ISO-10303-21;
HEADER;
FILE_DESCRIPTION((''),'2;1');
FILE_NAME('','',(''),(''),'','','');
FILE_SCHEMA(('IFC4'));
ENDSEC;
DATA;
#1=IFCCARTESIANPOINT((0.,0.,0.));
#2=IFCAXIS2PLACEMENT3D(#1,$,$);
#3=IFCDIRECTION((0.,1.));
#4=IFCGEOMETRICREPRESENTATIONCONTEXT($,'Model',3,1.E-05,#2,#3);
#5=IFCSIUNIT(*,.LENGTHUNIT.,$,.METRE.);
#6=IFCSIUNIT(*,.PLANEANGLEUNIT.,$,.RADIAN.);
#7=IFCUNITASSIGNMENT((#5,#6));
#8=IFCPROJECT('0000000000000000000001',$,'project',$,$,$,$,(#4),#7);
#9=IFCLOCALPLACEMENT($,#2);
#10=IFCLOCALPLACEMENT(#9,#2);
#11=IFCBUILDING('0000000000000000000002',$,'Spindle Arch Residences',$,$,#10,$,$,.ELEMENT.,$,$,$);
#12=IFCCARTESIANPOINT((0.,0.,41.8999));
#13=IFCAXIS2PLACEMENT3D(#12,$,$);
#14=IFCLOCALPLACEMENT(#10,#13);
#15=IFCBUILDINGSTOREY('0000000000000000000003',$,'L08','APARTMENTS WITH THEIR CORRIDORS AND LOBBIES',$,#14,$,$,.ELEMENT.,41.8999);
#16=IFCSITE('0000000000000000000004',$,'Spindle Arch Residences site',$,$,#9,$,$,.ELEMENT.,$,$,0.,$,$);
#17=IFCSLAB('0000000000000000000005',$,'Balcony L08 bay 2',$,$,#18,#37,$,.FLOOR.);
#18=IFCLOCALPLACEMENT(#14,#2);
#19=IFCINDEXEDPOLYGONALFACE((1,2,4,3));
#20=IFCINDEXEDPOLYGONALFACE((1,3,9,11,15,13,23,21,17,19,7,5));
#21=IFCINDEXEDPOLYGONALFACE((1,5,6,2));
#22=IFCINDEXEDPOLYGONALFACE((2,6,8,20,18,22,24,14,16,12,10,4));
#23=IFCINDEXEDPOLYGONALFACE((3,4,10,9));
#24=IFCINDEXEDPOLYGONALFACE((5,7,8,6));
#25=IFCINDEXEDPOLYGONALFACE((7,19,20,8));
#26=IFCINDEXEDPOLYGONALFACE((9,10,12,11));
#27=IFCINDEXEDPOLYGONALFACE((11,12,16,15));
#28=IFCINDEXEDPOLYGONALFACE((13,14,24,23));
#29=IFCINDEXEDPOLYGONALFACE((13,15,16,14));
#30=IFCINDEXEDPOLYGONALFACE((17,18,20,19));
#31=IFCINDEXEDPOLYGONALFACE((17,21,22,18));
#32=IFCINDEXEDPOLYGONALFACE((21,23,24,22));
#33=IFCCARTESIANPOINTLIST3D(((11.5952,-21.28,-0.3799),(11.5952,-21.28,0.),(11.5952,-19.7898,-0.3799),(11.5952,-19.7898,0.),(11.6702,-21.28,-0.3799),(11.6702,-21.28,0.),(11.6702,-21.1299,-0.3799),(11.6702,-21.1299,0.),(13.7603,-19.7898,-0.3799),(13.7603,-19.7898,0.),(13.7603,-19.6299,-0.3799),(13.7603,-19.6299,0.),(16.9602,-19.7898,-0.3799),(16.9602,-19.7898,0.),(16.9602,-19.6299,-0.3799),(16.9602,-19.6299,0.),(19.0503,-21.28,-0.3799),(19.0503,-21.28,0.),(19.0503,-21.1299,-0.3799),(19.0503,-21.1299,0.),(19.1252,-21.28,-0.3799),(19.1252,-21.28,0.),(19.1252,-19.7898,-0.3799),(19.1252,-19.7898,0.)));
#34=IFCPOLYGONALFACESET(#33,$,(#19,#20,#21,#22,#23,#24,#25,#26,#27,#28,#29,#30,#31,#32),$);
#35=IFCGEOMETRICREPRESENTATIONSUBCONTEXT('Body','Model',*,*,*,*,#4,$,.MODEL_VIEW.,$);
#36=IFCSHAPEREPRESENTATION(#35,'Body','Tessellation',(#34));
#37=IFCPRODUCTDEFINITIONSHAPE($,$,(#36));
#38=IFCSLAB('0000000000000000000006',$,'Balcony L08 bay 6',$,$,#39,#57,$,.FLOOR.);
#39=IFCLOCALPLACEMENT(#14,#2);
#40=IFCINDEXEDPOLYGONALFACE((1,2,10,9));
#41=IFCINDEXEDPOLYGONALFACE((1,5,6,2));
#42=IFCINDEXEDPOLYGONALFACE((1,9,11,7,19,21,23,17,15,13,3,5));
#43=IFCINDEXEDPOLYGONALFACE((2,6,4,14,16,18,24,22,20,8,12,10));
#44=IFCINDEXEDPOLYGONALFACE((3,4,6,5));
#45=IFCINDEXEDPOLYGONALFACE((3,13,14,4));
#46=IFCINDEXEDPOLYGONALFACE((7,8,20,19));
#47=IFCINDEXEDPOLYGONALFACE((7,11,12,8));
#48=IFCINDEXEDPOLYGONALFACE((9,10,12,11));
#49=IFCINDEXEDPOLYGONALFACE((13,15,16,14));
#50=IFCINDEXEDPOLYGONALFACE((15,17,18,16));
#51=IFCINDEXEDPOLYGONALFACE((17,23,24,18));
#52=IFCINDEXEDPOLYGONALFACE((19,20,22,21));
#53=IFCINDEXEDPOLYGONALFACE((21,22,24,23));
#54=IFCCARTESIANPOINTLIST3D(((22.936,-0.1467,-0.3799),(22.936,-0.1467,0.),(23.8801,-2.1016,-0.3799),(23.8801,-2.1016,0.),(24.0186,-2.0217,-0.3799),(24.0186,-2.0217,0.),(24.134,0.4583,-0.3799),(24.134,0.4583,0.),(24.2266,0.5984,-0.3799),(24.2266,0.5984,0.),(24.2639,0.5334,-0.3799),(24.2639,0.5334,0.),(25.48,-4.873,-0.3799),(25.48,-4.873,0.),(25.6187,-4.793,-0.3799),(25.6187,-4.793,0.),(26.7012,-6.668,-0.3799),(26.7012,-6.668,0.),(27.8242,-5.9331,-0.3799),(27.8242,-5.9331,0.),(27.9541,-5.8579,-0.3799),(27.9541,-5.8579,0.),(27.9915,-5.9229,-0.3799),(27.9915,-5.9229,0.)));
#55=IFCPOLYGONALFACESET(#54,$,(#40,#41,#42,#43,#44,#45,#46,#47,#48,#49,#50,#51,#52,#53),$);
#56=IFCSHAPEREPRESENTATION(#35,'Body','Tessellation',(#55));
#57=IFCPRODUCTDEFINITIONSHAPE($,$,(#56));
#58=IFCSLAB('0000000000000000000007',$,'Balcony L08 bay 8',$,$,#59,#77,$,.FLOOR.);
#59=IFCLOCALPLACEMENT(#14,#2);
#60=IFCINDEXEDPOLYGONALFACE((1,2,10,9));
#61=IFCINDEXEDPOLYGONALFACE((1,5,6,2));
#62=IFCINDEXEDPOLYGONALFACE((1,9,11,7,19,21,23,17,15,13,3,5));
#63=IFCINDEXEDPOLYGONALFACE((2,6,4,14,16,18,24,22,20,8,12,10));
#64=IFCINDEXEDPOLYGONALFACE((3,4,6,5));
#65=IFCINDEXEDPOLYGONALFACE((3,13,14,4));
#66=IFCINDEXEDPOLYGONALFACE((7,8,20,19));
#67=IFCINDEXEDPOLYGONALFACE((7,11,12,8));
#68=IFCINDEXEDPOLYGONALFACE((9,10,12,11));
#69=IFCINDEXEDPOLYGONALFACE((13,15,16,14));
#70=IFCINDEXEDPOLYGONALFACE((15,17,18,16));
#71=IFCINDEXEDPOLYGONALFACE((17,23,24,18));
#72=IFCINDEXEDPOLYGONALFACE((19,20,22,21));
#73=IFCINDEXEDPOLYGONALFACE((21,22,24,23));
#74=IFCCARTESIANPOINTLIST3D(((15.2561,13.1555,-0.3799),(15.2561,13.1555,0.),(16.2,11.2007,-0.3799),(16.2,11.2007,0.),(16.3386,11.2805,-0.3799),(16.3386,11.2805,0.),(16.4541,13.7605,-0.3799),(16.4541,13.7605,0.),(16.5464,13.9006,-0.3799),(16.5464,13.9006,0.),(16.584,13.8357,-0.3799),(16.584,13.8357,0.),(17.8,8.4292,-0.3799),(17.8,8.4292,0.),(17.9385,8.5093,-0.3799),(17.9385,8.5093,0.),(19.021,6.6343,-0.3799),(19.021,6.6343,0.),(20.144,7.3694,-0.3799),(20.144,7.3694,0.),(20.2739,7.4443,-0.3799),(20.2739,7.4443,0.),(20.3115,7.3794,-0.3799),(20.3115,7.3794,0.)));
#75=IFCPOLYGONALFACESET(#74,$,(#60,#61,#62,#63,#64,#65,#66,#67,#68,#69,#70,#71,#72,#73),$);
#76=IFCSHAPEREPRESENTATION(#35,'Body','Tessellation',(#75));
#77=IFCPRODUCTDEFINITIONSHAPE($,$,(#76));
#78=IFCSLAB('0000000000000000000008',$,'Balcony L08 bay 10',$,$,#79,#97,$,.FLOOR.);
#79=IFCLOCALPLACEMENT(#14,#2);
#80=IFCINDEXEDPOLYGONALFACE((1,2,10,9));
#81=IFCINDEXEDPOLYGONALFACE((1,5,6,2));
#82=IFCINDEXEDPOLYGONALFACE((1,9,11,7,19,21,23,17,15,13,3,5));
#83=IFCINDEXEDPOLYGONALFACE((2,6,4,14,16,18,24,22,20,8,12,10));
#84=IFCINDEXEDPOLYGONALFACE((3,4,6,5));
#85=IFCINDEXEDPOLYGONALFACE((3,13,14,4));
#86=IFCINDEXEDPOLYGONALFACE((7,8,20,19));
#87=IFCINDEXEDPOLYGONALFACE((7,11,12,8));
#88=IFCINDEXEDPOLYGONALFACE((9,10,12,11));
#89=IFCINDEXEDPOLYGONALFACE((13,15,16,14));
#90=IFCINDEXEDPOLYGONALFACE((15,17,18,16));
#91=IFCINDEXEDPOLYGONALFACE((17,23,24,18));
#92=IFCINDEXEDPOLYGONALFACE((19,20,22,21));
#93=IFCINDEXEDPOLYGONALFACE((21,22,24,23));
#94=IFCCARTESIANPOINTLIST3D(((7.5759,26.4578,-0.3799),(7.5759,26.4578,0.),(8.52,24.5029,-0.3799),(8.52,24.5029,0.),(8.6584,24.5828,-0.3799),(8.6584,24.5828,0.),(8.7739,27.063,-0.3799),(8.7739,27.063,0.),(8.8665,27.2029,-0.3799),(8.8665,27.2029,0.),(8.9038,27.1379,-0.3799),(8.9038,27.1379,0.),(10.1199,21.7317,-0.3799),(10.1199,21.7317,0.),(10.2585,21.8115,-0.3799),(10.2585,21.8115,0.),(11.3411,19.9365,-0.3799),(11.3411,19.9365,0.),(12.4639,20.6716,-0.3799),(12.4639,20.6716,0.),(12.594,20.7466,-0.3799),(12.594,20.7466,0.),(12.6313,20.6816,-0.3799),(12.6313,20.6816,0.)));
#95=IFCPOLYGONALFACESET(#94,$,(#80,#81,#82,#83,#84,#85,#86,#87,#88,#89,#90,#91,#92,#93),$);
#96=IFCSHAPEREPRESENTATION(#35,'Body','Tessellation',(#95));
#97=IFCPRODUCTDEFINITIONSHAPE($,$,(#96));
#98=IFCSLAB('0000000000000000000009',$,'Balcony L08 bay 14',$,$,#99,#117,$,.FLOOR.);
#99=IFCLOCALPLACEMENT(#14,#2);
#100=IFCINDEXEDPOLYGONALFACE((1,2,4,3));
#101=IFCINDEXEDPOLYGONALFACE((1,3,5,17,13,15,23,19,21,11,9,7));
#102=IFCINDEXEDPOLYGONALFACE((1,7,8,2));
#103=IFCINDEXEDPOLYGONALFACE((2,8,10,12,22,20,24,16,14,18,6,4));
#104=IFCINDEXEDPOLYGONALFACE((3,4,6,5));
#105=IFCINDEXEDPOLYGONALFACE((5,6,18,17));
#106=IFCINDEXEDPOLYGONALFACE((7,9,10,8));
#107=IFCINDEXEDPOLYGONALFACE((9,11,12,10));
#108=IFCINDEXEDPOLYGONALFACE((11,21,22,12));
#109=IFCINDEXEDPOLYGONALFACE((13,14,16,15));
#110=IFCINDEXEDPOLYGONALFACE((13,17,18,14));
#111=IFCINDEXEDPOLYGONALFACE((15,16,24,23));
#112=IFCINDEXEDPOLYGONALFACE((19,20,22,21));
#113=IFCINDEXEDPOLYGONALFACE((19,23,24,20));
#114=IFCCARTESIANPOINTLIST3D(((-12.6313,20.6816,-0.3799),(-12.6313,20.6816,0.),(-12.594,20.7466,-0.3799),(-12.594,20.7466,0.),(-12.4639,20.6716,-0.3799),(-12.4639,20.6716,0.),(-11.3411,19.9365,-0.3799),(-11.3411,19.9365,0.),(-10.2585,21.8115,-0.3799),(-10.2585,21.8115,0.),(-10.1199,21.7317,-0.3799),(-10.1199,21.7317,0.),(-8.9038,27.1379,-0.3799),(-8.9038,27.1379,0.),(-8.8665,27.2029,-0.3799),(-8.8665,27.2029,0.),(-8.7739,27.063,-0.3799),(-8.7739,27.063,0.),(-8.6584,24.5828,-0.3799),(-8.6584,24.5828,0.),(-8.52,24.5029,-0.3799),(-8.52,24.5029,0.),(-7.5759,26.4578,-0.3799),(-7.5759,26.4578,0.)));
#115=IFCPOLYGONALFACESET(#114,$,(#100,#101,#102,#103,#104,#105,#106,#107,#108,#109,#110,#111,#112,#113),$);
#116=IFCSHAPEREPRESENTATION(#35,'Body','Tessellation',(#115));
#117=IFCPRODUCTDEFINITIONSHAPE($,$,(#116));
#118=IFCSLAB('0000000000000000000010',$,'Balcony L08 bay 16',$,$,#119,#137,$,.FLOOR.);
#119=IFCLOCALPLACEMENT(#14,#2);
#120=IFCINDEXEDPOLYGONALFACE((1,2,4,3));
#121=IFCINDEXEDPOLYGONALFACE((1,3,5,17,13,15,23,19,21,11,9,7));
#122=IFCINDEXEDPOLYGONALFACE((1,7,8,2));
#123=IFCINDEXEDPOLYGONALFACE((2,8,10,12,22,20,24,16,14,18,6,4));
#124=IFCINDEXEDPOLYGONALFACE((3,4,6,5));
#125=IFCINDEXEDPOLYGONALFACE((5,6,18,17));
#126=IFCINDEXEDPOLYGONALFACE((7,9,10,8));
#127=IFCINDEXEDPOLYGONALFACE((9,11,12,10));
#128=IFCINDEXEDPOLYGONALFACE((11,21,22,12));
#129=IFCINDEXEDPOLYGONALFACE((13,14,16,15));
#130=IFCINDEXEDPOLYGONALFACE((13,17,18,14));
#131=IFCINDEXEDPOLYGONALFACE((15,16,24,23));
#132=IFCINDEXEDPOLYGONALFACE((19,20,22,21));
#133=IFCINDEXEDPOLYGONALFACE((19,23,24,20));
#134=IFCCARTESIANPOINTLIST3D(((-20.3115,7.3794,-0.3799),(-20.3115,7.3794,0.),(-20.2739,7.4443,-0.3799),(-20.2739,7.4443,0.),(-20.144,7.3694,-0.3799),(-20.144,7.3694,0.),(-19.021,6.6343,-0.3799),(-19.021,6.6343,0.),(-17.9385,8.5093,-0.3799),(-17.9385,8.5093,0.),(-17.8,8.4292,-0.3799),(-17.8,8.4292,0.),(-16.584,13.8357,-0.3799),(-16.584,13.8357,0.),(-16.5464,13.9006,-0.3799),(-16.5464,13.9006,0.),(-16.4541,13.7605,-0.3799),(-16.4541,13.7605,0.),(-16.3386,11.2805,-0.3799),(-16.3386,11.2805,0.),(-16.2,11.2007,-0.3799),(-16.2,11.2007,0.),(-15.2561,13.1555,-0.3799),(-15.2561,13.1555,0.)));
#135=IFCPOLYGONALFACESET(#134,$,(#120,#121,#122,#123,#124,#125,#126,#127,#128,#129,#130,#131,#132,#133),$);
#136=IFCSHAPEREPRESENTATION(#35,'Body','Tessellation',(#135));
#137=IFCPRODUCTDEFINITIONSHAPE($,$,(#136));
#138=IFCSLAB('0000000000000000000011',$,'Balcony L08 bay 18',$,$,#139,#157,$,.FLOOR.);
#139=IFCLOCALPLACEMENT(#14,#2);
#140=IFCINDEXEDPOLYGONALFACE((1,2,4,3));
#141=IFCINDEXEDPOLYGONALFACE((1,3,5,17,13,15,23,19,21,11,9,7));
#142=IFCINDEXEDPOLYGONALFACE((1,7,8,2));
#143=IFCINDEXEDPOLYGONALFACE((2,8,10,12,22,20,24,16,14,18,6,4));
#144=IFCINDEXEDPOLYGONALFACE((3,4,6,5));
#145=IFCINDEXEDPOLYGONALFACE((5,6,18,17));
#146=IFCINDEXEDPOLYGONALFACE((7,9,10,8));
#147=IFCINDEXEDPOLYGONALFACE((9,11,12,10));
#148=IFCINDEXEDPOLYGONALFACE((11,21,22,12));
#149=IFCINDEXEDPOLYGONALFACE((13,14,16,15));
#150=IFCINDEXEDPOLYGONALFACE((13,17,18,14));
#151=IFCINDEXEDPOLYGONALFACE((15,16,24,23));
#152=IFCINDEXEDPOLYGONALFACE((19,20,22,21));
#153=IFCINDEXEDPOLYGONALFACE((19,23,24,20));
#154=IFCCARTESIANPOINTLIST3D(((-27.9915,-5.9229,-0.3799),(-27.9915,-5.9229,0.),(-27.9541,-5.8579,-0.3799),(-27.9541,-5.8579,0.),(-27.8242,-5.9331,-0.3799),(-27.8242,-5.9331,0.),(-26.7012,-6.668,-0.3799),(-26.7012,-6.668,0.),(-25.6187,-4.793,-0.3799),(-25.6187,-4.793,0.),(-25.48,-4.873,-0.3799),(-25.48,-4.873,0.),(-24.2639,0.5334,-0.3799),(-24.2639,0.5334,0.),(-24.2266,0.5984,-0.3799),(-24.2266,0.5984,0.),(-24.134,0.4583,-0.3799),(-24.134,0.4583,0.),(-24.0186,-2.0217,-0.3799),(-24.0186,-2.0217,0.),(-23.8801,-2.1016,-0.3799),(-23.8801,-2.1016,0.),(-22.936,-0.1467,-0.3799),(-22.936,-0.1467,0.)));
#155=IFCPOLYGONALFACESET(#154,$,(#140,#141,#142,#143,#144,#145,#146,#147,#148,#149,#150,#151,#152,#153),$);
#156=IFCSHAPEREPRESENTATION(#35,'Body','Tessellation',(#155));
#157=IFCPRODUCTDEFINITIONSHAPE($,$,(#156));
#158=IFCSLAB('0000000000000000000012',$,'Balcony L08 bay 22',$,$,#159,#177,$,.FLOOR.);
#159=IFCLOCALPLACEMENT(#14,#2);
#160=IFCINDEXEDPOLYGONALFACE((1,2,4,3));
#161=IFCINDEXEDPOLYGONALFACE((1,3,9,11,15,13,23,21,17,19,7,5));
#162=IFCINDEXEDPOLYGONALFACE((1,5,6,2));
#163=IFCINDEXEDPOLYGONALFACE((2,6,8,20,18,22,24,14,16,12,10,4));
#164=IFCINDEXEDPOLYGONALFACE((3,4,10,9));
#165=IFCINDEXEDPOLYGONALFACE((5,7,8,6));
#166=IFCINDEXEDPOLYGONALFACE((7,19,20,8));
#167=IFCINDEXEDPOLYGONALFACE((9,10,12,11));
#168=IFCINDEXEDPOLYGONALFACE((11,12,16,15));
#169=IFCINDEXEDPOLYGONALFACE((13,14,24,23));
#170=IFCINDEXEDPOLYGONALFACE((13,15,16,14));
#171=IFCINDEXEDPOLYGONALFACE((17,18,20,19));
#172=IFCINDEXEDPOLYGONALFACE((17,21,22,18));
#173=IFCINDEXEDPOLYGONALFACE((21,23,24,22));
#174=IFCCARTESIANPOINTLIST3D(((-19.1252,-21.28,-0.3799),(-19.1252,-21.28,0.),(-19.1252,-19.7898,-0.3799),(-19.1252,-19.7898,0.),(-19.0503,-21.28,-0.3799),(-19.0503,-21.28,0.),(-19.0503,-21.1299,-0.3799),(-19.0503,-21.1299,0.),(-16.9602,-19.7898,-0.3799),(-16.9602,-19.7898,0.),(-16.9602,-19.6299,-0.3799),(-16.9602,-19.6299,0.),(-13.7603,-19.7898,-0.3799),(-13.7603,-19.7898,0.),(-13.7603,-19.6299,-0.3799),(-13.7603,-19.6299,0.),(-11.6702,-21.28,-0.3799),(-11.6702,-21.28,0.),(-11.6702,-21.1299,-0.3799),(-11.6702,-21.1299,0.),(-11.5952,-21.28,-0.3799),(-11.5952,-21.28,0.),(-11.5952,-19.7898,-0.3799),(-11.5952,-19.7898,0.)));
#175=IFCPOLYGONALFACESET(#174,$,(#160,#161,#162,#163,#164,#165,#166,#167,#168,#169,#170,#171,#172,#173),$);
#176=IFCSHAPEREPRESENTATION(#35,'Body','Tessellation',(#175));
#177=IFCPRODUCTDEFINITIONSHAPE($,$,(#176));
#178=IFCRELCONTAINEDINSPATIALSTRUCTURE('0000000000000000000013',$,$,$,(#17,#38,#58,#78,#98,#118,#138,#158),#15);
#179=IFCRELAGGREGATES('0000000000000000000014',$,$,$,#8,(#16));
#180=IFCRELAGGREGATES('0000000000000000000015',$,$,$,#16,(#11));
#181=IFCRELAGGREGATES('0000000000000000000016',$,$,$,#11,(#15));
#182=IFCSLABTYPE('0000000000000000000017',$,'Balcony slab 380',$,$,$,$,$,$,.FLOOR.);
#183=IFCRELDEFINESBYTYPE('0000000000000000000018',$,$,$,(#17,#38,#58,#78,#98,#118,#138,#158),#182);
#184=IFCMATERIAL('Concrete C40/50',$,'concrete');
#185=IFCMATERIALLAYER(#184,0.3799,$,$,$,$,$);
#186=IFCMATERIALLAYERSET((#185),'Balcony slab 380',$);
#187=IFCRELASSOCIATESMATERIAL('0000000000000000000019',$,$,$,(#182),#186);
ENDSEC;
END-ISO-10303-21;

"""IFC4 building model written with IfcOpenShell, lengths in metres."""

from ifc_helpers import new_model, si_unit, direction, frame, origin, place, context, subcontext, project, spatial, polyline, outline, extrude, material, layer, layer_set, type_object, element, save


model = new_model("IFC4")

# Units and contexts
model_context = context("Model", 3, precision=1e-05, world=origin(), true_north=direction((0.0, 1.0)))
body_context = subcontext(model_context, "Body", "Model", "MODEL_VIEW")
ifc_project = project(units=[si_unit("LENGTHUNIT", "METRE"), si_unit("PLANEANGLEUNIT", "RADIAN")], contexts=[model_context])

# Site, building, storey
site_placement = place(None, origin())
site = spatial("IfcSite", under=ifc_project, at=site_placement, Name="Spindle Arch Residences site", CompositionType="ELEMENT", RefElevation=0.0)
building_placement = place(site_placement, origin())
building = spatial("IfcBuilding", under=site, at=building_placement, Name="Spindle Arch Residences", CompositionType="ELEMENT")
storey_placement = place(building_placement, frame((0.0, 0.0, 41.8999)))
storey = spatial("IfcBuildingStorey", under=building, at=storey_placement, Name="L08", Description="APARTMENTS WITH THEIR CORRIDORS AND LOBBIES", CompositionType="ELEMENT", Elevation=41.8999)

# Slabs
ifc_material_1 = material(Name="Concrete C40/50", Category="concrete")
ifc_layer_1 = layer(ifc_material_1, 0.3799)
ifc_layer_set_1 = layer_set([ifc_layer_1], Name="Balcony slab 380")
slab_type_1 = type_object("IfcSlabType", Name="Balcony slab 380", PredefinedType="FLOOR", material=ifc_layer_set_1)
slab_1_placement = place(storey_placement, frame((0.0, 0.0, -0.3799)))
element("IfcSlab", 1, at=slab_1_placement, inside=storey, type_object=slab_type_1, Name="Balcony L08 bay 2", PredefinedType="FLOOR", context=body_context, shape_type="SweptSolid", body=[
    extrude(outline(polyline([(11.5952, -21.28), (11.6702, -21.28), (11.6702, -21.1299), (19.0503, -21.1299), (19.0503, -21.28), (19.1252, -21.28), (19.1252, -19.7898), (16.9602, -19.7898), (16.9602, -19.6299), (13.7603, -19.6299), (13.7603, -19.7898), (11.5952, -19.7898), (11.5952, -21.28)])), origin(), (0.0, 0.0, 1.0), 0.3799),
])
slab_2_placement = place(storey_placement, frame((0.0, 0.0, -0.3799)))
element("IfcSlab", 2, at=slab_2_placement, inside=storey, type_object=slab_type_1, Name="Balcony L08 bay 6", PredefinedType="FLOOR", context=body_context, shape_type="SweptSolid", body=[
    extrude(outline(polyline([(27.9915, -5.9229), (27.9541, -5.8579), (27.8242, -5.9331), (24.134, 0.4583), (24.2639, 0.5334), (24.2266, 0.5984), (22.936, -0.1467), (24.0186, -2.0217), (23.8801, -2.1016), (25.48, -4.873), (25.6187, -4.793), (26.7012, -6.668), (27.9915, -5.9229)])), origin(), (0.0, 0.0, 1.0), 0.3799),
])
slab_3_placement = place(storey_placement, frame((0.0, 0.0, -0.3799)))
element("IfcSlab", 3, at=slab_3_placement, inside=storey, type_object=slab_type_1, Name="Balcony L08 bay 8", PredefinedType="FLOOR", context=body_context, shape_type="SweptSolid", body=[
    extrude(outline(polyline([(20.3115, 7.3794), (20.2739, 7.4443), (20.144, 7.3694), (16.4541, 13.7605), (16.584, 13.8357), (16.5464, 13.9006), (15.2561, 13.1555), (16.3386, 11.2805), (16.2, 11.2007), (17.8, 8.4292), (17.9385, 8.5093), (19.021, 6.6343), (20.3115, 7.3794)])), origin(), (0.0, 0.0, 1.0), 0.3799),
])
slab_4_placement = place(storey_placement, frame((0.0, 0.0, -0.3799)))
element("IfcSlab", 4, at=slab_4_placement, inside=storey, type_object=slab_type_1, Name="Balcony L08 bay 10", PredefinedType="FLOOR", context=body_context, shape_type="SweptSolid", body=[
    extrude(outline(polyline([(12.6313, 20.6816), (12.594, 20.7466), (12.4639, 20.6716), (8.7739, 27.063), (8.9038, 27.1379), (8.8665, 27.2029), (7.5759, 26.4578), (8.6584, 24.5828), (8.52, 24.5029), (10.1199, 21.7317), (10.2585, 21.8115), (11.3411, 19.9365), (12.6313, 20.6816)])), origin(), (0.0, 0.0, 1.0), 0.3799),
])
slab_5_placement = place(storey_placement, frame((0.0, 0.0, -0.3799)))
element("IfcSlab", 5, at=slab_5_placement, inside=storey, type_object=slab_type_1, Name="Balcony L08 bay 14", PredefinedType="FLOOR", context=body_context, shape_type="SweptSolid", body=[
    extrude(outline(polyline([(-8.8665, 27.2029), (-8.9038, 27.1379), (-8.7739, 27.063), (-12.4639, 20.6716), (-12.594, 20.7466), (-12.6313, 20.6816), (-11.3411, 19.9365), (-10.2585, 21.8115), (-10.1199, 21.7317), (-8.52, 24.5029), (-8.6584, 24.5828), (-7.5759, 26.4578), (-8.8665, 27.2029)])), origin(), (0.0, 0.0, 1.0), 0.3799),
])
slab_6_placement = place(storey_placement, frame((0.0, 0.0, -0.3799)))
element("IfcSlab", 6, at=slab_6_placement, inside=storey, type_object=slab_type_1, Name="Balcony L08 bay 16", PredefinedType="FLOOR", context=body_context, shape_type="SweptSolid", body=[
    extrude(outline(polyline([(-16.5464, 13.9006), (-16.584, 13.8357), (-16.4541, 13.7605), (-20.144, 7.3694), (-20.2739, 7.4443), (-20.3115, 7.3794), (-19.021, 6.6343), (-17.9385, 8.5093), (-17.8, 8.4292), (-16.2, 11.2007), (-16.3386, 11.2805), (-15.2561, 13.1555), (-16.5464, 13.9006)])), origin(), (0.0, 0.0, 1.0), 0.3799),
])
slab_7_placement = place(storey_placement, frame((0.0, 0.0, -0.3799)))
element("IfcSlab", 7, at=slab_7_placement, inside=storey, type_object=slab_type_1, Name="Balcony L08 bay 18", PredefinedType="FLOOR", context=body_context, shape_type="SweptSolid", body=[
    extrude(outline(polyline([(-24.2266, 0.5984), (-24.2639, 0.5334), (-24.134, 0.4583), (-27.8242, -5.9331), (-27.9541, -5.8579), (-27.9915, -5.9229), (-26.7012, -6.668), (-25.6187, -4.793), (-25.48, -4.873), (-23.8801, -2.1016), (-24.0186, -2.0217), (-22.936, -0.1467), (-24.2266, 0.5984)])), origin(), (0.0, 0.0, 1.0), 0.3799),
])
slab_8_placement = place(storey_placement, frame((0.0, 0.0, -0.3799)))
element("IfcSlab", 8, at=slab_8_placement, inside=storey, type_object=slab_type_1, Name="Balcony L08 bay 22", PredefinedType="FLOOR", context=body_context, shape_type="SweptSolid", body=[
    extrude(outline(polyline([(-19.1252, -21.28), (-19.0503, -21.28), (-19.0503, -21.1299), (-11.6702, -21.1299), (-11.6702, -21.28), (-11.5952, -21.28), (-11.5952, -19.7898), (-13.7603, -19.7898), (-13.7603, -19.6299), (-16.9602, -19.6299), (-16.9602, -19.7898), (-19.1252, -19.7898), (-19.1252, -21.28)])), origin(), (0.0, 0.0, 1.0), 0.3799),
])

save(model, "model.ifc")
